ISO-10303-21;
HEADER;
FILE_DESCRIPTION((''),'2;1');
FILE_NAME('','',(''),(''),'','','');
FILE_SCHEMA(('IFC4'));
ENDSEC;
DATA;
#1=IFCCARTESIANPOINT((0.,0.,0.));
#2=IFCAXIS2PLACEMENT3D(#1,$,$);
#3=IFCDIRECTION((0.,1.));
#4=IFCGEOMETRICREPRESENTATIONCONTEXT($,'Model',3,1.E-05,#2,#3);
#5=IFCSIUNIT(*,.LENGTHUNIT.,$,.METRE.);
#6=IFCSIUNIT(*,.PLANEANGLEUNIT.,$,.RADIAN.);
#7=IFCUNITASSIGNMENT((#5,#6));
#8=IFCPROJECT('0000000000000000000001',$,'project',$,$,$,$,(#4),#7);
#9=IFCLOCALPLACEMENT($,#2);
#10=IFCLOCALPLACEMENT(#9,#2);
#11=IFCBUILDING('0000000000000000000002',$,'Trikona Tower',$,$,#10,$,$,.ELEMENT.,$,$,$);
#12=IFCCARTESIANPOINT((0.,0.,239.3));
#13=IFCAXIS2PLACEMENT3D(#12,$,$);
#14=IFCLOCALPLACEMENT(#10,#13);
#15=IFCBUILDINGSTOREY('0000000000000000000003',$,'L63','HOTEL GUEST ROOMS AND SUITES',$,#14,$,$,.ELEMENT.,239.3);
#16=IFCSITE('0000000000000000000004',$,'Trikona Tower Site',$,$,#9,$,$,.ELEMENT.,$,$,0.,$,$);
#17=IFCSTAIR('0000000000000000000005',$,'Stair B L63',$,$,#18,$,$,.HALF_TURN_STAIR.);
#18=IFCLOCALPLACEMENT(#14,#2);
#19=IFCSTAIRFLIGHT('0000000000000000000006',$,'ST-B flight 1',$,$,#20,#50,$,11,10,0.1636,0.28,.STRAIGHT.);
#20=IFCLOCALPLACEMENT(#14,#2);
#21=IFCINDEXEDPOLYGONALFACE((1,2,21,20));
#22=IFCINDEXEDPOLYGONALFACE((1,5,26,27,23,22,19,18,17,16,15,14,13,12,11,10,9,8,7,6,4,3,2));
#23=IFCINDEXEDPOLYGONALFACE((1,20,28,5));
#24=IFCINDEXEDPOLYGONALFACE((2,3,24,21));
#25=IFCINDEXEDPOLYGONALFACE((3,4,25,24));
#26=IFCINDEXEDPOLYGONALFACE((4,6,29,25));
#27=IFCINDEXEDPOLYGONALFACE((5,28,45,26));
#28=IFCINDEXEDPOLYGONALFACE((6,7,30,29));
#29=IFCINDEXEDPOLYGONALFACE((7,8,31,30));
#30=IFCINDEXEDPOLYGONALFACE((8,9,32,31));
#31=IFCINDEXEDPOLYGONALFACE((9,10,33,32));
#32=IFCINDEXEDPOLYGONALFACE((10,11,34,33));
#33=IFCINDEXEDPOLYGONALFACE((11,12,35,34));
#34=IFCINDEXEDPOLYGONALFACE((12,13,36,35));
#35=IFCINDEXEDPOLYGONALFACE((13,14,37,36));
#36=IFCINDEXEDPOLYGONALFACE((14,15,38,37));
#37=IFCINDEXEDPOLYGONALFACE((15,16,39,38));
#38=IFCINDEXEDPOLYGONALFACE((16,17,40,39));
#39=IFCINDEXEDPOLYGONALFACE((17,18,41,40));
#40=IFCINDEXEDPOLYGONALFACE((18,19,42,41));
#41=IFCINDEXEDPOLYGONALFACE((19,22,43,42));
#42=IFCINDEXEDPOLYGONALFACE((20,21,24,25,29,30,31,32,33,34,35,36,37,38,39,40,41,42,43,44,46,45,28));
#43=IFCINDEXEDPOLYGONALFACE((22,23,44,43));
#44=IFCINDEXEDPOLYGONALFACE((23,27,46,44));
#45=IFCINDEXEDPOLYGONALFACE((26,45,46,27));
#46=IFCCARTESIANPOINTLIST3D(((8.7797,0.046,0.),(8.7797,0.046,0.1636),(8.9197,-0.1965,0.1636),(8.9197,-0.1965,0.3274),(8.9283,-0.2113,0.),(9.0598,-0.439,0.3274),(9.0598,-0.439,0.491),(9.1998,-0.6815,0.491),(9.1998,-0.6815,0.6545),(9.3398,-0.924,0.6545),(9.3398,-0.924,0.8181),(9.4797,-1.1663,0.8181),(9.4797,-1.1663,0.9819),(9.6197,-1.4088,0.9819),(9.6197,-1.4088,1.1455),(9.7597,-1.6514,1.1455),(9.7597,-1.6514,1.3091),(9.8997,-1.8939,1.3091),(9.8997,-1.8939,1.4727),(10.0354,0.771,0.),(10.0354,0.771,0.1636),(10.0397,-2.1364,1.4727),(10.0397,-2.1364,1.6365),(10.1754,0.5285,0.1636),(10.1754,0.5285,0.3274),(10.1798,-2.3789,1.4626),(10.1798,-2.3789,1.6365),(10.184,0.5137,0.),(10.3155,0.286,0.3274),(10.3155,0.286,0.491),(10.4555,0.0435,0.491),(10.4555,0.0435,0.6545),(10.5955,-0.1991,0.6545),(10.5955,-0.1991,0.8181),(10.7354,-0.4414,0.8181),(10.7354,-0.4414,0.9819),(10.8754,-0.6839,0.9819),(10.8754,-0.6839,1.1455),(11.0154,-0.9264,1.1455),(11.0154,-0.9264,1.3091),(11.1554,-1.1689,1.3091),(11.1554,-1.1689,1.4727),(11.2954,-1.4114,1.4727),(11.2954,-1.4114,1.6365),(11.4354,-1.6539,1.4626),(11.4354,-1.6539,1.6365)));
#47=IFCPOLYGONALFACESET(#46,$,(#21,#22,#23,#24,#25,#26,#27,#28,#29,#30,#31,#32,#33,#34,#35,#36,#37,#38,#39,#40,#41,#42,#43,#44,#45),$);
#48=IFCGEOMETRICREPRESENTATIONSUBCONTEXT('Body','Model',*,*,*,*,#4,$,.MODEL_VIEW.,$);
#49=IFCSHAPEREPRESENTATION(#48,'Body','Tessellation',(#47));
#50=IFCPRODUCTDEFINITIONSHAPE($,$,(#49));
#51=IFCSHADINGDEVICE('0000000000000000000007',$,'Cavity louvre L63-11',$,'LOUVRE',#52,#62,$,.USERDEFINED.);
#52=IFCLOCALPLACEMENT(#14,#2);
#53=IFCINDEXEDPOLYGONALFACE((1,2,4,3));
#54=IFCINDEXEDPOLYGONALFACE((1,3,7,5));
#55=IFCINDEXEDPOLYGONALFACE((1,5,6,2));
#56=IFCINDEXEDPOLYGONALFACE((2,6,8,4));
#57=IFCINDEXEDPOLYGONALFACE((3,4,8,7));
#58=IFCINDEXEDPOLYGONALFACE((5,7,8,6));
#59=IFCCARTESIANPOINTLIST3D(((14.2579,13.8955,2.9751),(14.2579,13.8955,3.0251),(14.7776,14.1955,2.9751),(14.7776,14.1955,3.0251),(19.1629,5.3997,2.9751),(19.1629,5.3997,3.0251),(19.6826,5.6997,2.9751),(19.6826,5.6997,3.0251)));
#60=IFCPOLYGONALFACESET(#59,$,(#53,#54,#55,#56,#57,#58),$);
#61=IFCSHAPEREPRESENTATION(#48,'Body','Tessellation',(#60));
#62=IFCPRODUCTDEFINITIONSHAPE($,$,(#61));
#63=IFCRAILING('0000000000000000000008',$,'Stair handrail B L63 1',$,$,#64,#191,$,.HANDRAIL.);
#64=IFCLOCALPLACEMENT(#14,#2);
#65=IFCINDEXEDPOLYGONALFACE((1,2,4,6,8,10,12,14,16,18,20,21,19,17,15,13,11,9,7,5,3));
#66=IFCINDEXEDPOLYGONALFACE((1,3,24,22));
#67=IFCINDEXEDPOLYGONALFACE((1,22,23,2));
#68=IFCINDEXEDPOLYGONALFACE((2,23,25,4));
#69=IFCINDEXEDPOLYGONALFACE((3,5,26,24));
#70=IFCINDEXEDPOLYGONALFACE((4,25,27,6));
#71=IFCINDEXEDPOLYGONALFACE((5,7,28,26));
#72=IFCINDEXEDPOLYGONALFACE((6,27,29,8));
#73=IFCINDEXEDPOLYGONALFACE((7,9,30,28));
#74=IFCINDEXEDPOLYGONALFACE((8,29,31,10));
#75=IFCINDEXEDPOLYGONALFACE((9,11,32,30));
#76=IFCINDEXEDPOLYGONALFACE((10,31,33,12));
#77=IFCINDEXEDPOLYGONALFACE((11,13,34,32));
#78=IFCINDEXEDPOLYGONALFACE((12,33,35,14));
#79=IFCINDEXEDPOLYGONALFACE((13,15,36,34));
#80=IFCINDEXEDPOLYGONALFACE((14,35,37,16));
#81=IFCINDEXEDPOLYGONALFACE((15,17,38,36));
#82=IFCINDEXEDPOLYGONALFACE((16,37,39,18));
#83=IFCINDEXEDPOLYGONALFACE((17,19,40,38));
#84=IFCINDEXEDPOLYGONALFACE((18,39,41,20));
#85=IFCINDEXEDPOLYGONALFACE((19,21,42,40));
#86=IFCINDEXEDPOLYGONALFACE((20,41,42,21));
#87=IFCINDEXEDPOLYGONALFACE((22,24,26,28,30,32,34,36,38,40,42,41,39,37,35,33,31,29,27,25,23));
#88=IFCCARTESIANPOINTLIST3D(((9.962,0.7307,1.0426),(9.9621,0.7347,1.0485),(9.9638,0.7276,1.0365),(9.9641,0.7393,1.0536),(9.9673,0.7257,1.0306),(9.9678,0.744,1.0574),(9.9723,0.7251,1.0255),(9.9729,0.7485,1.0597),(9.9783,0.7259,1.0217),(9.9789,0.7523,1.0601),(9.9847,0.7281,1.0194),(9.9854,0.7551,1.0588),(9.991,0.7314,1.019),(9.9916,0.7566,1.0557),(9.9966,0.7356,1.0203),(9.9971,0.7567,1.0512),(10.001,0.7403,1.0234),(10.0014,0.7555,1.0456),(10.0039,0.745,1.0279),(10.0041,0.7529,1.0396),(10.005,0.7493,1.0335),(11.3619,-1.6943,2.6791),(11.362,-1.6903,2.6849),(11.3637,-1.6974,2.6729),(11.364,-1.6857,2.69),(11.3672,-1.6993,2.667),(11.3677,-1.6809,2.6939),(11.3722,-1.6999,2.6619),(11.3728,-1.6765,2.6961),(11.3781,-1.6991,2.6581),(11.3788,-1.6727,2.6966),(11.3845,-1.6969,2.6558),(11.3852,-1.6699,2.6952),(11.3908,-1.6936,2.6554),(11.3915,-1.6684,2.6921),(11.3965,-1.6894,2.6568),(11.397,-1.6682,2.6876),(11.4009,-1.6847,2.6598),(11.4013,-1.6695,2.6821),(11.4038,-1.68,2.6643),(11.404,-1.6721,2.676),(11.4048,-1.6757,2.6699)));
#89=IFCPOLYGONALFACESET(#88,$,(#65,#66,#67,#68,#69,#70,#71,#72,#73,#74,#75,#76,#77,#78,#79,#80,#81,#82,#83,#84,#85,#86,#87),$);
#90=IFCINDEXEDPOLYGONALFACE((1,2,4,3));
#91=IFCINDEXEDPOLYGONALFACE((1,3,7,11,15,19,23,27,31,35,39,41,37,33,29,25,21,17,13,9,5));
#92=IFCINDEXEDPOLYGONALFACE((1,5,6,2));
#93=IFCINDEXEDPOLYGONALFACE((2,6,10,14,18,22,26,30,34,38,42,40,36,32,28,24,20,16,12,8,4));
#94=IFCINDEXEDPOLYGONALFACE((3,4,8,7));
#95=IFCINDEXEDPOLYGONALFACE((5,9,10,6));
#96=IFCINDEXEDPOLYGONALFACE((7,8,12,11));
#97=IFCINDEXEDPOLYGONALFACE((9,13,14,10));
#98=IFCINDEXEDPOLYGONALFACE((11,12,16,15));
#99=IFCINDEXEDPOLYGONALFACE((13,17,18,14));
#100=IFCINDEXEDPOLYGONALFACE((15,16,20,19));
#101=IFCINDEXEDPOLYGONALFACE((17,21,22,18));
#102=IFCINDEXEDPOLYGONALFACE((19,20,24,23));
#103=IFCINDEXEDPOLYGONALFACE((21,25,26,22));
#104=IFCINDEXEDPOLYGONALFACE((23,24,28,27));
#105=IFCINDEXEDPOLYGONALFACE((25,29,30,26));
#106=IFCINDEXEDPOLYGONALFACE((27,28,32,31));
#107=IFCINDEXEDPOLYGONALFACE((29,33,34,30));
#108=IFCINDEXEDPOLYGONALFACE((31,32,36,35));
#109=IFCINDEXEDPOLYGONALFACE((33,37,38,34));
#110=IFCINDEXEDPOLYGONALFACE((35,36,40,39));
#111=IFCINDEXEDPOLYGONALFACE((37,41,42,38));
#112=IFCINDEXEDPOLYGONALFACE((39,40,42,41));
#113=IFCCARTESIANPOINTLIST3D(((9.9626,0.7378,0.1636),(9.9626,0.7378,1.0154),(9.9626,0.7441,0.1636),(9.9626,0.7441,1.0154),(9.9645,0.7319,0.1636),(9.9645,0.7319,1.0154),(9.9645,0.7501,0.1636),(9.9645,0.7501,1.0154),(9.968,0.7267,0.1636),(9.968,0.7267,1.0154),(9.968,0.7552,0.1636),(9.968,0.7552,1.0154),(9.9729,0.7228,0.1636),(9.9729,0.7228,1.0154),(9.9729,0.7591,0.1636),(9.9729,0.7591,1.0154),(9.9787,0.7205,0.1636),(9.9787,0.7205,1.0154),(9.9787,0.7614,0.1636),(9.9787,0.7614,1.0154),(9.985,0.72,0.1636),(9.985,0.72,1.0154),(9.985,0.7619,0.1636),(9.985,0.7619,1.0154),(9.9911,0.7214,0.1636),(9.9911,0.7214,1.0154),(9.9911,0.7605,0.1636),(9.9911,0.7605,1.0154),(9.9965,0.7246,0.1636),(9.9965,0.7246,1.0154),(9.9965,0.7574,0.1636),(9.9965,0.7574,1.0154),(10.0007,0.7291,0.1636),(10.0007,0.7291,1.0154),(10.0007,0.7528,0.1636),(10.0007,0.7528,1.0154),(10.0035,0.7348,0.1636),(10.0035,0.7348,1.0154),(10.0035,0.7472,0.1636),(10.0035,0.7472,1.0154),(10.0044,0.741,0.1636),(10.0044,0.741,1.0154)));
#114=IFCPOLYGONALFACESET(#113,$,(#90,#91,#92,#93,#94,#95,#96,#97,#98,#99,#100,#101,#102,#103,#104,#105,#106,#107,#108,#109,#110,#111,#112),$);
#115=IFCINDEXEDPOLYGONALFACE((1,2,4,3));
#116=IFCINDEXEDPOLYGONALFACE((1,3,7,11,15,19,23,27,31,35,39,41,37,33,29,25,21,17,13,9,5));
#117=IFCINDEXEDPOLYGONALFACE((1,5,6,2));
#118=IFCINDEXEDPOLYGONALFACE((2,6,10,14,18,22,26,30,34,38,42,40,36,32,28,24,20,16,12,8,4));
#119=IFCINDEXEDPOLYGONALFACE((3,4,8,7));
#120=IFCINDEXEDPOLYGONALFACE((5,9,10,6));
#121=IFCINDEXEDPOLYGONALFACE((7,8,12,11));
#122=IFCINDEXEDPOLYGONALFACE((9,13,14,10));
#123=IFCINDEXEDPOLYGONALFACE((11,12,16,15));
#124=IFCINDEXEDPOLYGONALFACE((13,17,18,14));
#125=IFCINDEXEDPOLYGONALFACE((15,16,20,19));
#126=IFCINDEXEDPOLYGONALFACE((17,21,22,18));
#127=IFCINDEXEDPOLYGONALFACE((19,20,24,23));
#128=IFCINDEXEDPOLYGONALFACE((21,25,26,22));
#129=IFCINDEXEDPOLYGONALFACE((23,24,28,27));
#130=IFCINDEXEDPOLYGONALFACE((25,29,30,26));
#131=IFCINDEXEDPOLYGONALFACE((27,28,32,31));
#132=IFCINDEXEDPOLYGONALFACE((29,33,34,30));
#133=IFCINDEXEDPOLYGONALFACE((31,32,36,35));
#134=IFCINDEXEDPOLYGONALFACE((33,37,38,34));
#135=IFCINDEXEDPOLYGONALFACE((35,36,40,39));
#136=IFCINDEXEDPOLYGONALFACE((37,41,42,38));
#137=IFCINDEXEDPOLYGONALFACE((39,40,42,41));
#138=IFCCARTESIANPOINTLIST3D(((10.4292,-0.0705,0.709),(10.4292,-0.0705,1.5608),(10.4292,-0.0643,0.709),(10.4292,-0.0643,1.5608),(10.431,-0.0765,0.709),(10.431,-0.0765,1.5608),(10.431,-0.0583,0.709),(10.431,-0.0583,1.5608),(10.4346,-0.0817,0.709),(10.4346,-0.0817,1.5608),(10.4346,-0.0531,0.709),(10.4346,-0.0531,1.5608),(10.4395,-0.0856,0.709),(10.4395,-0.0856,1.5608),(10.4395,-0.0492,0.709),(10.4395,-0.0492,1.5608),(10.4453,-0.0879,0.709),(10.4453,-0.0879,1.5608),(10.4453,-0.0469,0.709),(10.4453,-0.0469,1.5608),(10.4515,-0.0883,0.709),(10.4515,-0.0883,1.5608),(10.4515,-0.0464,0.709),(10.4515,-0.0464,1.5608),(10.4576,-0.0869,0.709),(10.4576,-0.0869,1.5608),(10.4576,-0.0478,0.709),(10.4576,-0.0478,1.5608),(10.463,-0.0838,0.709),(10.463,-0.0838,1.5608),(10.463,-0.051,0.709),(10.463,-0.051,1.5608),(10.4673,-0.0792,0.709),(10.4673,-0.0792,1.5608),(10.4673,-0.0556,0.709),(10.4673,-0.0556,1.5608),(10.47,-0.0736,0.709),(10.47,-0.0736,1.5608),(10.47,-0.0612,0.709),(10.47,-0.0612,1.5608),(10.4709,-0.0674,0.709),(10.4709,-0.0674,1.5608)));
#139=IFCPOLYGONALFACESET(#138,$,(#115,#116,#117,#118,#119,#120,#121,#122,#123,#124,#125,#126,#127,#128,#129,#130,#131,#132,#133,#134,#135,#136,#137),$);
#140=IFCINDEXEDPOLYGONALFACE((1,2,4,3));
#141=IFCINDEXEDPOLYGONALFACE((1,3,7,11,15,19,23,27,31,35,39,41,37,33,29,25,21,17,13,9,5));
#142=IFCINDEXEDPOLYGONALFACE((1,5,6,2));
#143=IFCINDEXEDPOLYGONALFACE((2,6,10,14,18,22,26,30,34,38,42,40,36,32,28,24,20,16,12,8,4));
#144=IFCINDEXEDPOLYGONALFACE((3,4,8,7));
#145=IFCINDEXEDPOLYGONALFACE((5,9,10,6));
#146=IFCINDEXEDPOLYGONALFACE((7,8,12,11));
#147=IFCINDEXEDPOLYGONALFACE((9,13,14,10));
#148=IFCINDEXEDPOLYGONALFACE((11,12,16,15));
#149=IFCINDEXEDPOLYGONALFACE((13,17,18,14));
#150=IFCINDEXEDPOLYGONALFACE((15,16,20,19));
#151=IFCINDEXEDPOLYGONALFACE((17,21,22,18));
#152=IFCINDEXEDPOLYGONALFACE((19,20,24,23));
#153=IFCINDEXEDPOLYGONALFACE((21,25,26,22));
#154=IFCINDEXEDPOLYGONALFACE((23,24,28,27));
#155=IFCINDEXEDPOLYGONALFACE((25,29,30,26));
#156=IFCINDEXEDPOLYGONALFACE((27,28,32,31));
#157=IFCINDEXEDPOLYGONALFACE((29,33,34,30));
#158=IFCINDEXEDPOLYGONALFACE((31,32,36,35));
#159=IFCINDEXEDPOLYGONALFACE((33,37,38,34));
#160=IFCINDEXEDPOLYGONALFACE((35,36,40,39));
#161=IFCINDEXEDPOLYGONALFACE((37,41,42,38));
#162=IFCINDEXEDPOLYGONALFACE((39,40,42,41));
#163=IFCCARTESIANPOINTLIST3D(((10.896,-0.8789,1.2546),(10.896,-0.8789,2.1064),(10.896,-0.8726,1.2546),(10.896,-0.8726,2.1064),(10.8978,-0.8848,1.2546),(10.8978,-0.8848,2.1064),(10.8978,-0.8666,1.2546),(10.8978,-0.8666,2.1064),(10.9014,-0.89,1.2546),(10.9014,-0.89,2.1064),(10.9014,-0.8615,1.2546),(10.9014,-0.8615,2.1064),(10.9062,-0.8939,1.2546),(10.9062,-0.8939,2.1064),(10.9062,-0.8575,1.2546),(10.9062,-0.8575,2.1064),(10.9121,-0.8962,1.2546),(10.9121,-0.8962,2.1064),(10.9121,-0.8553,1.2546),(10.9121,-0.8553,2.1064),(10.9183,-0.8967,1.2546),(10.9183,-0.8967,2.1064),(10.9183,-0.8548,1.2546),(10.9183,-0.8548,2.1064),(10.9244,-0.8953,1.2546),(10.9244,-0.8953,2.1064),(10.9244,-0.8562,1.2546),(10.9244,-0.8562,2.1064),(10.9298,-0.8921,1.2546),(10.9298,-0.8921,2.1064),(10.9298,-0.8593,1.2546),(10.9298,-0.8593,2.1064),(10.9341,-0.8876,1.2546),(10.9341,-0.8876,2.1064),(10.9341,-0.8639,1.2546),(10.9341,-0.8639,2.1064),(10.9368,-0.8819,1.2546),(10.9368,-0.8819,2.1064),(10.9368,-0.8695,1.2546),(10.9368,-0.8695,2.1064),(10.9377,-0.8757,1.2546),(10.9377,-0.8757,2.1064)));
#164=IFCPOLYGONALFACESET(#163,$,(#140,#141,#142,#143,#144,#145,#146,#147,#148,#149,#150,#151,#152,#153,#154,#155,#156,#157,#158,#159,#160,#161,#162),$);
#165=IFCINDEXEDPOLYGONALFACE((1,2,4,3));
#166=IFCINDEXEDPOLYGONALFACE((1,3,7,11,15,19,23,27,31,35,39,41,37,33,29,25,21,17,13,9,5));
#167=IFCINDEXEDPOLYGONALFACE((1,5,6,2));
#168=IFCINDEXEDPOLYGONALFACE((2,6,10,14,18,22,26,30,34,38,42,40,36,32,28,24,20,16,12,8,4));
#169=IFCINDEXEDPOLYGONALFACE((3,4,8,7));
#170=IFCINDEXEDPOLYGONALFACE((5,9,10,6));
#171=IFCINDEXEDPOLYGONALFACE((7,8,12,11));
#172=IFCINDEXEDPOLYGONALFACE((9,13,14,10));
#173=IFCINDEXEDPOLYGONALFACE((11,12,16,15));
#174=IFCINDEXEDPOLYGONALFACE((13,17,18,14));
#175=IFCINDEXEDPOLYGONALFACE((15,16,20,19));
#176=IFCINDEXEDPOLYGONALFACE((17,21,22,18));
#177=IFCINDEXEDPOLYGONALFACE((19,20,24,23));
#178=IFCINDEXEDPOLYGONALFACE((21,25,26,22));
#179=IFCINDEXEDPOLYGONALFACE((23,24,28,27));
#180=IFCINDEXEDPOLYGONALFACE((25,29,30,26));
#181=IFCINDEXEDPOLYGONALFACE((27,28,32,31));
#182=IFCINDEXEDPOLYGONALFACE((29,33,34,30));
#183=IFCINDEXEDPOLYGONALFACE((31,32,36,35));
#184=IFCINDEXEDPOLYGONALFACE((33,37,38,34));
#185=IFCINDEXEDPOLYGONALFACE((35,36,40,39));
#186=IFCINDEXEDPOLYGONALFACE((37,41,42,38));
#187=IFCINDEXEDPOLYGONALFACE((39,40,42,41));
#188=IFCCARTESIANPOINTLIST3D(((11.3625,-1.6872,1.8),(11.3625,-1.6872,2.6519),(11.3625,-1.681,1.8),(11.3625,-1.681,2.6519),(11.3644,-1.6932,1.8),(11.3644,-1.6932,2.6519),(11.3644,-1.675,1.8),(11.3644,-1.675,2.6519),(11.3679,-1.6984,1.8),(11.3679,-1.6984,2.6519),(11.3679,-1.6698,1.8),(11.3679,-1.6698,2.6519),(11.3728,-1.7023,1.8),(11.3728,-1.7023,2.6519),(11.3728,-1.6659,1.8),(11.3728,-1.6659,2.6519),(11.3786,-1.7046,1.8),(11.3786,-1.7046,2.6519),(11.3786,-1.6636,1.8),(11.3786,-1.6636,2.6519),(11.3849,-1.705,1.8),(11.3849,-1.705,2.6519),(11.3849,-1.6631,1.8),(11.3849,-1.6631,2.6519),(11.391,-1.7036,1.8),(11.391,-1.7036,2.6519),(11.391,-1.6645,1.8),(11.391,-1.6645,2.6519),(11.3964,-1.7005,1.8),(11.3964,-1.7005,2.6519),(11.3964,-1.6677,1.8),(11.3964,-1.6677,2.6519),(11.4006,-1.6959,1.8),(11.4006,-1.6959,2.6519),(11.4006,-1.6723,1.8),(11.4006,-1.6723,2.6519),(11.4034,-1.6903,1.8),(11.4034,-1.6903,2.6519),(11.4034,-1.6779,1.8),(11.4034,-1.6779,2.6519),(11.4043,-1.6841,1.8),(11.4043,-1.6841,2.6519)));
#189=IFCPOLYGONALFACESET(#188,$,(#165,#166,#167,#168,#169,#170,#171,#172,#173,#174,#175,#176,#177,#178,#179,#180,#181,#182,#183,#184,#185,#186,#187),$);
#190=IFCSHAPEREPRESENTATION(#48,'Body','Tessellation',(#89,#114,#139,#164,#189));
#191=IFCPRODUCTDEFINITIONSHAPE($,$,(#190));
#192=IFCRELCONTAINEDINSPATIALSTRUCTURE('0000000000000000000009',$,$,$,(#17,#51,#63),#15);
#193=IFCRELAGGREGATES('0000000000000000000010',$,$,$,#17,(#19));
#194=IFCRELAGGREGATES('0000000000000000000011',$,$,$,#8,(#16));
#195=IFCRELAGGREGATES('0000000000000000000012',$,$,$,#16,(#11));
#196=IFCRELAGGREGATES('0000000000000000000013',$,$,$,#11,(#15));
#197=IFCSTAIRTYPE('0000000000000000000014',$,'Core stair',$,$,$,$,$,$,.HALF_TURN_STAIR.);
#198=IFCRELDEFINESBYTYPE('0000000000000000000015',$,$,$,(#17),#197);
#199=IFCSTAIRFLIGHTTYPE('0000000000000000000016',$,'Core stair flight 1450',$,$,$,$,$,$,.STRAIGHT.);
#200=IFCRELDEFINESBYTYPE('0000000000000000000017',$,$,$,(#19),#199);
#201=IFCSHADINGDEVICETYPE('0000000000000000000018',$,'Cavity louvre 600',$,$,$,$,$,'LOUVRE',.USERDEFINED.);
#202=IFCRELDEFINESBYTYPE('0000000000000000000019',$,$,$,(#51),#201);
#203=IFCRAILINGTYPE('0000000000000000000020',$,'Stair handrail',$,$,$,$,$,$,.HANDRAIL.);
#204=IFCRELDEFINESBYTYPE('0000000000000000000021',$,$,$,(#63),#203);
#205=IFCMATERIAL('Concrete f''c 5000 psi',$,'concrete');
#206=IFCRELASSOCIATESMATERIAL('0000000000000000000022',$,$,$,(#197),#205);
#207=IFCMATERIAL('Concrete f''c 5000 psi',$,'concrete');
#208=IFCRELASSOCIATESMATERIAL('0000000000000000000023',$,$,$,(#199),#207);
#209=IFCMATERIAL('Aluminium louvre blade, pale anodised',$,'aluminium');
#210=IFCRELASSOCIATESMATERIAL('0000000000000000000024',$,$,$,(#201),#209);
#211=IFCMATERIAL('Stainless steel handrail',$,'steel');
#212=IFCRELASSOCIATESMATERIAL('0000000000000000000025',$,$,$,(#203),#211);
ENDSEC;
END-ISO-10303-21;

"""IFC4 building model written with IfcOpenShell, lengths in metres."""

from ifc_helpers import new_model, si_unit, direction, frame, origin, origin_2d, place, context, subcontext, project, spatial, polyline, rectangle, circle, outline, extrude, material, type_object, element, aggregate, save


model = new_model("IFC4")

# Units and contexts
model_context = context("Model", 3, precision=1e-05, world=origin(), true_north=direction((0.0, 1.0)))
body_context = subcontext(model_context, "Body", "Model", "MODEL_VIEW")
ifc_project = project(units=[si_unit("LENGTHUNIT", "METRE"), si_unit("PLANEANGLEUNIT", "RADIAN")], contexts=[model_context])

# Site, building, storey
site_placement = place(None, origin())
site = spatial("IfcSite", under=ifc_project, at=site_placement, Name="Trikona Tower Site", CompositionType="ELEMENT", RefElevation=0.0)
building_placement = place(site_placement, origin())
building = spatial("IfcBuilding", under=site, at=building_placement, Name="Trikona Tower", CompositionType="ELEMENT")
storey_placement = place(building_placement, frame((0.0, 0.0, 239.3)))
storey = spatial("IfcBuildingStorey", under=building, at=storey_placement, Name="L63", Description="HOTEL GUEST ROOMS AND SUITES", CompositionType="ELEMENT", Elevation=239.3)

# Stair
ifc_material_1 = material(Name="Concrete f'c 5000 psi", Category="concrete")
stair_type = type_object("IfcStairType", Name="Core stair", PredefinedType="HALF_TURN_STAIR", material=ifc_material_1)
stair_1_placement = place(storey_placement, origin())
stair_1 = element("IfcStair", 1, at=stair_1_placement, inside=storey, type_object=stair_type, Name="Stair B L63", PredefinedType="HALF_TURN_STAIR")

# Stair flight
ifc_material_2 = material(Name="Concrete f'c 5000 psi", Category="concrete")
stair_flight_type = type_object("IfcStairFlightType", Name="Core stair flight 1450", PredefinedType="STRAIGHT", material=ifc_material_2)
stair_flight_placement = place(storey_placement, frame((9.4075, 0.4084, 0.0), z_axis=(0.0, 0.0, 1.0), x_axis=(0.5, -0.866025, 0.0)))
stair_flight = element("IfcStairFlight", 2, at=stair_flight_placement, type_object=stair_flight_type, Name="ST-B flight 1", NumberOfRisers=11, NumberOfTreads=10, PredefinedType="STRAIGHT", RiserHeight=0.1636, TreadLength=0.28, context=body_context, shape_type="SweptSolid", body=[
    extrude(outline(polyline([(0.0, 0.0), (0.0, 0.1636), (0.28, 0.1636), (0.28, 0.3274), (0.5601, 0.3274), (0.5601, 0.491), (0.8401, 0.491), (0.8401, 0.6545), (1.1201, 0.6545), (1.1201, 0.8181), (1.3999, 0.8181), (1.3999, 0.9819), (1.6799, 0.9819), (1.6799, 1.1455), (1.96, 1.1455), (1.96, 1.3091), (2.24, 1.3091), (2.24, 1.4727), (2.52, 1.4727), (2.52, 1.6365), (2.8, 1.6365), (2.8, 1.8), (2.8, 1.4626), (0.2971, 0.0), (0.0, 0.0)])), frame((0.0, 0.7251, 0.0), z_axis=(0.0, -1.0, 0.0), x_axis=(1.0, 0.0, 0.0)), (0.0, 0.0, 1.0), 1.45),
])
aggregate(stair_1, [stair_flight])

# Shading device
ifc_material_3 = material(Name="Aluminium louvre blade, pale anodised", Category="aluminium")
shading_device_type = type_object("IfcShadingDeviceType", Name="Cavity louvre 600", ElementType="LOUVRE", PredefinedType="USERDEFINED", material=ifc_material_3)
shading_device_placement = place(storey_placement, frame((16.9702, 9.7976, 2.9751), z_axis=(0.0, 0.0, 1.0), x_axis=(-0.499998, 0.866026, 0.0)))
element("IfcShadingDevice", 3, at=shading_device_placement, inside=storey, type_object=shading_device_type, Name="Cavity louvre L63-11", ObjectType="LOUVRE", PredefinedType="USERDEFINED", context=body_context, shape_type="SweptSolid", body=[
    extrude(rectangle(XDim=9.8101, YDim=0.6001, at=origin_2d()), origin(), (0.0, 0.0, 1.0), 0.05),
])

# Railing
ifc_material_4 = material(Name="Stainless steel handrail", Category="steel")
railing_type = type_object("IfcRailingType", Name="Stair handrail", PredefinedType="HANDRAIL", material=ifc_material_4)
railing_placement = place(storey_placement, frame((9.9834, 0.741, 0.1636)))
element("IfcRailing", 4, at=railing_placement, inside=storey, type_object=railing_type, Name="Stair handrail B L63 1", PredefinedType="HANDRAIL", context=body_context, shape_type="SweptSolid", body=[
    extrude(circle(Radius=0.0239, at=origin_2d()), frame((0.0, 0.0, 0.876), z_axis=(0.431636, -0.747723, 0.504579), x_axis=(0.866056, 0.499946, 0.0)), (0.0, 0.0, 1.0), 3.2432),
    extrude(circle(Radius=0.021, at=origin_2d()), origin(), (0.0, 0.0, 1.0), 0.8518),
    extrude(circle(Radius=0.021, at=origin_2d()), frame((0.4666, -0.8083, 0.5454)), (0.0, 0.0, 1.0), 0.8518),
    extrude(circle(Radius=0.021, at=origin_2d()), frame((0.9333, -1.6167, 1.0911)), (0.0, 0.0, 1.0), 0.8518),
    extrude(circle(Radius=0.021, at=origin_2d()), frame((1.3999, -2.425, 1.6365)), (0.0, 0.0, 1.0), 0.8518),
])

save(model, "model.ifc")
